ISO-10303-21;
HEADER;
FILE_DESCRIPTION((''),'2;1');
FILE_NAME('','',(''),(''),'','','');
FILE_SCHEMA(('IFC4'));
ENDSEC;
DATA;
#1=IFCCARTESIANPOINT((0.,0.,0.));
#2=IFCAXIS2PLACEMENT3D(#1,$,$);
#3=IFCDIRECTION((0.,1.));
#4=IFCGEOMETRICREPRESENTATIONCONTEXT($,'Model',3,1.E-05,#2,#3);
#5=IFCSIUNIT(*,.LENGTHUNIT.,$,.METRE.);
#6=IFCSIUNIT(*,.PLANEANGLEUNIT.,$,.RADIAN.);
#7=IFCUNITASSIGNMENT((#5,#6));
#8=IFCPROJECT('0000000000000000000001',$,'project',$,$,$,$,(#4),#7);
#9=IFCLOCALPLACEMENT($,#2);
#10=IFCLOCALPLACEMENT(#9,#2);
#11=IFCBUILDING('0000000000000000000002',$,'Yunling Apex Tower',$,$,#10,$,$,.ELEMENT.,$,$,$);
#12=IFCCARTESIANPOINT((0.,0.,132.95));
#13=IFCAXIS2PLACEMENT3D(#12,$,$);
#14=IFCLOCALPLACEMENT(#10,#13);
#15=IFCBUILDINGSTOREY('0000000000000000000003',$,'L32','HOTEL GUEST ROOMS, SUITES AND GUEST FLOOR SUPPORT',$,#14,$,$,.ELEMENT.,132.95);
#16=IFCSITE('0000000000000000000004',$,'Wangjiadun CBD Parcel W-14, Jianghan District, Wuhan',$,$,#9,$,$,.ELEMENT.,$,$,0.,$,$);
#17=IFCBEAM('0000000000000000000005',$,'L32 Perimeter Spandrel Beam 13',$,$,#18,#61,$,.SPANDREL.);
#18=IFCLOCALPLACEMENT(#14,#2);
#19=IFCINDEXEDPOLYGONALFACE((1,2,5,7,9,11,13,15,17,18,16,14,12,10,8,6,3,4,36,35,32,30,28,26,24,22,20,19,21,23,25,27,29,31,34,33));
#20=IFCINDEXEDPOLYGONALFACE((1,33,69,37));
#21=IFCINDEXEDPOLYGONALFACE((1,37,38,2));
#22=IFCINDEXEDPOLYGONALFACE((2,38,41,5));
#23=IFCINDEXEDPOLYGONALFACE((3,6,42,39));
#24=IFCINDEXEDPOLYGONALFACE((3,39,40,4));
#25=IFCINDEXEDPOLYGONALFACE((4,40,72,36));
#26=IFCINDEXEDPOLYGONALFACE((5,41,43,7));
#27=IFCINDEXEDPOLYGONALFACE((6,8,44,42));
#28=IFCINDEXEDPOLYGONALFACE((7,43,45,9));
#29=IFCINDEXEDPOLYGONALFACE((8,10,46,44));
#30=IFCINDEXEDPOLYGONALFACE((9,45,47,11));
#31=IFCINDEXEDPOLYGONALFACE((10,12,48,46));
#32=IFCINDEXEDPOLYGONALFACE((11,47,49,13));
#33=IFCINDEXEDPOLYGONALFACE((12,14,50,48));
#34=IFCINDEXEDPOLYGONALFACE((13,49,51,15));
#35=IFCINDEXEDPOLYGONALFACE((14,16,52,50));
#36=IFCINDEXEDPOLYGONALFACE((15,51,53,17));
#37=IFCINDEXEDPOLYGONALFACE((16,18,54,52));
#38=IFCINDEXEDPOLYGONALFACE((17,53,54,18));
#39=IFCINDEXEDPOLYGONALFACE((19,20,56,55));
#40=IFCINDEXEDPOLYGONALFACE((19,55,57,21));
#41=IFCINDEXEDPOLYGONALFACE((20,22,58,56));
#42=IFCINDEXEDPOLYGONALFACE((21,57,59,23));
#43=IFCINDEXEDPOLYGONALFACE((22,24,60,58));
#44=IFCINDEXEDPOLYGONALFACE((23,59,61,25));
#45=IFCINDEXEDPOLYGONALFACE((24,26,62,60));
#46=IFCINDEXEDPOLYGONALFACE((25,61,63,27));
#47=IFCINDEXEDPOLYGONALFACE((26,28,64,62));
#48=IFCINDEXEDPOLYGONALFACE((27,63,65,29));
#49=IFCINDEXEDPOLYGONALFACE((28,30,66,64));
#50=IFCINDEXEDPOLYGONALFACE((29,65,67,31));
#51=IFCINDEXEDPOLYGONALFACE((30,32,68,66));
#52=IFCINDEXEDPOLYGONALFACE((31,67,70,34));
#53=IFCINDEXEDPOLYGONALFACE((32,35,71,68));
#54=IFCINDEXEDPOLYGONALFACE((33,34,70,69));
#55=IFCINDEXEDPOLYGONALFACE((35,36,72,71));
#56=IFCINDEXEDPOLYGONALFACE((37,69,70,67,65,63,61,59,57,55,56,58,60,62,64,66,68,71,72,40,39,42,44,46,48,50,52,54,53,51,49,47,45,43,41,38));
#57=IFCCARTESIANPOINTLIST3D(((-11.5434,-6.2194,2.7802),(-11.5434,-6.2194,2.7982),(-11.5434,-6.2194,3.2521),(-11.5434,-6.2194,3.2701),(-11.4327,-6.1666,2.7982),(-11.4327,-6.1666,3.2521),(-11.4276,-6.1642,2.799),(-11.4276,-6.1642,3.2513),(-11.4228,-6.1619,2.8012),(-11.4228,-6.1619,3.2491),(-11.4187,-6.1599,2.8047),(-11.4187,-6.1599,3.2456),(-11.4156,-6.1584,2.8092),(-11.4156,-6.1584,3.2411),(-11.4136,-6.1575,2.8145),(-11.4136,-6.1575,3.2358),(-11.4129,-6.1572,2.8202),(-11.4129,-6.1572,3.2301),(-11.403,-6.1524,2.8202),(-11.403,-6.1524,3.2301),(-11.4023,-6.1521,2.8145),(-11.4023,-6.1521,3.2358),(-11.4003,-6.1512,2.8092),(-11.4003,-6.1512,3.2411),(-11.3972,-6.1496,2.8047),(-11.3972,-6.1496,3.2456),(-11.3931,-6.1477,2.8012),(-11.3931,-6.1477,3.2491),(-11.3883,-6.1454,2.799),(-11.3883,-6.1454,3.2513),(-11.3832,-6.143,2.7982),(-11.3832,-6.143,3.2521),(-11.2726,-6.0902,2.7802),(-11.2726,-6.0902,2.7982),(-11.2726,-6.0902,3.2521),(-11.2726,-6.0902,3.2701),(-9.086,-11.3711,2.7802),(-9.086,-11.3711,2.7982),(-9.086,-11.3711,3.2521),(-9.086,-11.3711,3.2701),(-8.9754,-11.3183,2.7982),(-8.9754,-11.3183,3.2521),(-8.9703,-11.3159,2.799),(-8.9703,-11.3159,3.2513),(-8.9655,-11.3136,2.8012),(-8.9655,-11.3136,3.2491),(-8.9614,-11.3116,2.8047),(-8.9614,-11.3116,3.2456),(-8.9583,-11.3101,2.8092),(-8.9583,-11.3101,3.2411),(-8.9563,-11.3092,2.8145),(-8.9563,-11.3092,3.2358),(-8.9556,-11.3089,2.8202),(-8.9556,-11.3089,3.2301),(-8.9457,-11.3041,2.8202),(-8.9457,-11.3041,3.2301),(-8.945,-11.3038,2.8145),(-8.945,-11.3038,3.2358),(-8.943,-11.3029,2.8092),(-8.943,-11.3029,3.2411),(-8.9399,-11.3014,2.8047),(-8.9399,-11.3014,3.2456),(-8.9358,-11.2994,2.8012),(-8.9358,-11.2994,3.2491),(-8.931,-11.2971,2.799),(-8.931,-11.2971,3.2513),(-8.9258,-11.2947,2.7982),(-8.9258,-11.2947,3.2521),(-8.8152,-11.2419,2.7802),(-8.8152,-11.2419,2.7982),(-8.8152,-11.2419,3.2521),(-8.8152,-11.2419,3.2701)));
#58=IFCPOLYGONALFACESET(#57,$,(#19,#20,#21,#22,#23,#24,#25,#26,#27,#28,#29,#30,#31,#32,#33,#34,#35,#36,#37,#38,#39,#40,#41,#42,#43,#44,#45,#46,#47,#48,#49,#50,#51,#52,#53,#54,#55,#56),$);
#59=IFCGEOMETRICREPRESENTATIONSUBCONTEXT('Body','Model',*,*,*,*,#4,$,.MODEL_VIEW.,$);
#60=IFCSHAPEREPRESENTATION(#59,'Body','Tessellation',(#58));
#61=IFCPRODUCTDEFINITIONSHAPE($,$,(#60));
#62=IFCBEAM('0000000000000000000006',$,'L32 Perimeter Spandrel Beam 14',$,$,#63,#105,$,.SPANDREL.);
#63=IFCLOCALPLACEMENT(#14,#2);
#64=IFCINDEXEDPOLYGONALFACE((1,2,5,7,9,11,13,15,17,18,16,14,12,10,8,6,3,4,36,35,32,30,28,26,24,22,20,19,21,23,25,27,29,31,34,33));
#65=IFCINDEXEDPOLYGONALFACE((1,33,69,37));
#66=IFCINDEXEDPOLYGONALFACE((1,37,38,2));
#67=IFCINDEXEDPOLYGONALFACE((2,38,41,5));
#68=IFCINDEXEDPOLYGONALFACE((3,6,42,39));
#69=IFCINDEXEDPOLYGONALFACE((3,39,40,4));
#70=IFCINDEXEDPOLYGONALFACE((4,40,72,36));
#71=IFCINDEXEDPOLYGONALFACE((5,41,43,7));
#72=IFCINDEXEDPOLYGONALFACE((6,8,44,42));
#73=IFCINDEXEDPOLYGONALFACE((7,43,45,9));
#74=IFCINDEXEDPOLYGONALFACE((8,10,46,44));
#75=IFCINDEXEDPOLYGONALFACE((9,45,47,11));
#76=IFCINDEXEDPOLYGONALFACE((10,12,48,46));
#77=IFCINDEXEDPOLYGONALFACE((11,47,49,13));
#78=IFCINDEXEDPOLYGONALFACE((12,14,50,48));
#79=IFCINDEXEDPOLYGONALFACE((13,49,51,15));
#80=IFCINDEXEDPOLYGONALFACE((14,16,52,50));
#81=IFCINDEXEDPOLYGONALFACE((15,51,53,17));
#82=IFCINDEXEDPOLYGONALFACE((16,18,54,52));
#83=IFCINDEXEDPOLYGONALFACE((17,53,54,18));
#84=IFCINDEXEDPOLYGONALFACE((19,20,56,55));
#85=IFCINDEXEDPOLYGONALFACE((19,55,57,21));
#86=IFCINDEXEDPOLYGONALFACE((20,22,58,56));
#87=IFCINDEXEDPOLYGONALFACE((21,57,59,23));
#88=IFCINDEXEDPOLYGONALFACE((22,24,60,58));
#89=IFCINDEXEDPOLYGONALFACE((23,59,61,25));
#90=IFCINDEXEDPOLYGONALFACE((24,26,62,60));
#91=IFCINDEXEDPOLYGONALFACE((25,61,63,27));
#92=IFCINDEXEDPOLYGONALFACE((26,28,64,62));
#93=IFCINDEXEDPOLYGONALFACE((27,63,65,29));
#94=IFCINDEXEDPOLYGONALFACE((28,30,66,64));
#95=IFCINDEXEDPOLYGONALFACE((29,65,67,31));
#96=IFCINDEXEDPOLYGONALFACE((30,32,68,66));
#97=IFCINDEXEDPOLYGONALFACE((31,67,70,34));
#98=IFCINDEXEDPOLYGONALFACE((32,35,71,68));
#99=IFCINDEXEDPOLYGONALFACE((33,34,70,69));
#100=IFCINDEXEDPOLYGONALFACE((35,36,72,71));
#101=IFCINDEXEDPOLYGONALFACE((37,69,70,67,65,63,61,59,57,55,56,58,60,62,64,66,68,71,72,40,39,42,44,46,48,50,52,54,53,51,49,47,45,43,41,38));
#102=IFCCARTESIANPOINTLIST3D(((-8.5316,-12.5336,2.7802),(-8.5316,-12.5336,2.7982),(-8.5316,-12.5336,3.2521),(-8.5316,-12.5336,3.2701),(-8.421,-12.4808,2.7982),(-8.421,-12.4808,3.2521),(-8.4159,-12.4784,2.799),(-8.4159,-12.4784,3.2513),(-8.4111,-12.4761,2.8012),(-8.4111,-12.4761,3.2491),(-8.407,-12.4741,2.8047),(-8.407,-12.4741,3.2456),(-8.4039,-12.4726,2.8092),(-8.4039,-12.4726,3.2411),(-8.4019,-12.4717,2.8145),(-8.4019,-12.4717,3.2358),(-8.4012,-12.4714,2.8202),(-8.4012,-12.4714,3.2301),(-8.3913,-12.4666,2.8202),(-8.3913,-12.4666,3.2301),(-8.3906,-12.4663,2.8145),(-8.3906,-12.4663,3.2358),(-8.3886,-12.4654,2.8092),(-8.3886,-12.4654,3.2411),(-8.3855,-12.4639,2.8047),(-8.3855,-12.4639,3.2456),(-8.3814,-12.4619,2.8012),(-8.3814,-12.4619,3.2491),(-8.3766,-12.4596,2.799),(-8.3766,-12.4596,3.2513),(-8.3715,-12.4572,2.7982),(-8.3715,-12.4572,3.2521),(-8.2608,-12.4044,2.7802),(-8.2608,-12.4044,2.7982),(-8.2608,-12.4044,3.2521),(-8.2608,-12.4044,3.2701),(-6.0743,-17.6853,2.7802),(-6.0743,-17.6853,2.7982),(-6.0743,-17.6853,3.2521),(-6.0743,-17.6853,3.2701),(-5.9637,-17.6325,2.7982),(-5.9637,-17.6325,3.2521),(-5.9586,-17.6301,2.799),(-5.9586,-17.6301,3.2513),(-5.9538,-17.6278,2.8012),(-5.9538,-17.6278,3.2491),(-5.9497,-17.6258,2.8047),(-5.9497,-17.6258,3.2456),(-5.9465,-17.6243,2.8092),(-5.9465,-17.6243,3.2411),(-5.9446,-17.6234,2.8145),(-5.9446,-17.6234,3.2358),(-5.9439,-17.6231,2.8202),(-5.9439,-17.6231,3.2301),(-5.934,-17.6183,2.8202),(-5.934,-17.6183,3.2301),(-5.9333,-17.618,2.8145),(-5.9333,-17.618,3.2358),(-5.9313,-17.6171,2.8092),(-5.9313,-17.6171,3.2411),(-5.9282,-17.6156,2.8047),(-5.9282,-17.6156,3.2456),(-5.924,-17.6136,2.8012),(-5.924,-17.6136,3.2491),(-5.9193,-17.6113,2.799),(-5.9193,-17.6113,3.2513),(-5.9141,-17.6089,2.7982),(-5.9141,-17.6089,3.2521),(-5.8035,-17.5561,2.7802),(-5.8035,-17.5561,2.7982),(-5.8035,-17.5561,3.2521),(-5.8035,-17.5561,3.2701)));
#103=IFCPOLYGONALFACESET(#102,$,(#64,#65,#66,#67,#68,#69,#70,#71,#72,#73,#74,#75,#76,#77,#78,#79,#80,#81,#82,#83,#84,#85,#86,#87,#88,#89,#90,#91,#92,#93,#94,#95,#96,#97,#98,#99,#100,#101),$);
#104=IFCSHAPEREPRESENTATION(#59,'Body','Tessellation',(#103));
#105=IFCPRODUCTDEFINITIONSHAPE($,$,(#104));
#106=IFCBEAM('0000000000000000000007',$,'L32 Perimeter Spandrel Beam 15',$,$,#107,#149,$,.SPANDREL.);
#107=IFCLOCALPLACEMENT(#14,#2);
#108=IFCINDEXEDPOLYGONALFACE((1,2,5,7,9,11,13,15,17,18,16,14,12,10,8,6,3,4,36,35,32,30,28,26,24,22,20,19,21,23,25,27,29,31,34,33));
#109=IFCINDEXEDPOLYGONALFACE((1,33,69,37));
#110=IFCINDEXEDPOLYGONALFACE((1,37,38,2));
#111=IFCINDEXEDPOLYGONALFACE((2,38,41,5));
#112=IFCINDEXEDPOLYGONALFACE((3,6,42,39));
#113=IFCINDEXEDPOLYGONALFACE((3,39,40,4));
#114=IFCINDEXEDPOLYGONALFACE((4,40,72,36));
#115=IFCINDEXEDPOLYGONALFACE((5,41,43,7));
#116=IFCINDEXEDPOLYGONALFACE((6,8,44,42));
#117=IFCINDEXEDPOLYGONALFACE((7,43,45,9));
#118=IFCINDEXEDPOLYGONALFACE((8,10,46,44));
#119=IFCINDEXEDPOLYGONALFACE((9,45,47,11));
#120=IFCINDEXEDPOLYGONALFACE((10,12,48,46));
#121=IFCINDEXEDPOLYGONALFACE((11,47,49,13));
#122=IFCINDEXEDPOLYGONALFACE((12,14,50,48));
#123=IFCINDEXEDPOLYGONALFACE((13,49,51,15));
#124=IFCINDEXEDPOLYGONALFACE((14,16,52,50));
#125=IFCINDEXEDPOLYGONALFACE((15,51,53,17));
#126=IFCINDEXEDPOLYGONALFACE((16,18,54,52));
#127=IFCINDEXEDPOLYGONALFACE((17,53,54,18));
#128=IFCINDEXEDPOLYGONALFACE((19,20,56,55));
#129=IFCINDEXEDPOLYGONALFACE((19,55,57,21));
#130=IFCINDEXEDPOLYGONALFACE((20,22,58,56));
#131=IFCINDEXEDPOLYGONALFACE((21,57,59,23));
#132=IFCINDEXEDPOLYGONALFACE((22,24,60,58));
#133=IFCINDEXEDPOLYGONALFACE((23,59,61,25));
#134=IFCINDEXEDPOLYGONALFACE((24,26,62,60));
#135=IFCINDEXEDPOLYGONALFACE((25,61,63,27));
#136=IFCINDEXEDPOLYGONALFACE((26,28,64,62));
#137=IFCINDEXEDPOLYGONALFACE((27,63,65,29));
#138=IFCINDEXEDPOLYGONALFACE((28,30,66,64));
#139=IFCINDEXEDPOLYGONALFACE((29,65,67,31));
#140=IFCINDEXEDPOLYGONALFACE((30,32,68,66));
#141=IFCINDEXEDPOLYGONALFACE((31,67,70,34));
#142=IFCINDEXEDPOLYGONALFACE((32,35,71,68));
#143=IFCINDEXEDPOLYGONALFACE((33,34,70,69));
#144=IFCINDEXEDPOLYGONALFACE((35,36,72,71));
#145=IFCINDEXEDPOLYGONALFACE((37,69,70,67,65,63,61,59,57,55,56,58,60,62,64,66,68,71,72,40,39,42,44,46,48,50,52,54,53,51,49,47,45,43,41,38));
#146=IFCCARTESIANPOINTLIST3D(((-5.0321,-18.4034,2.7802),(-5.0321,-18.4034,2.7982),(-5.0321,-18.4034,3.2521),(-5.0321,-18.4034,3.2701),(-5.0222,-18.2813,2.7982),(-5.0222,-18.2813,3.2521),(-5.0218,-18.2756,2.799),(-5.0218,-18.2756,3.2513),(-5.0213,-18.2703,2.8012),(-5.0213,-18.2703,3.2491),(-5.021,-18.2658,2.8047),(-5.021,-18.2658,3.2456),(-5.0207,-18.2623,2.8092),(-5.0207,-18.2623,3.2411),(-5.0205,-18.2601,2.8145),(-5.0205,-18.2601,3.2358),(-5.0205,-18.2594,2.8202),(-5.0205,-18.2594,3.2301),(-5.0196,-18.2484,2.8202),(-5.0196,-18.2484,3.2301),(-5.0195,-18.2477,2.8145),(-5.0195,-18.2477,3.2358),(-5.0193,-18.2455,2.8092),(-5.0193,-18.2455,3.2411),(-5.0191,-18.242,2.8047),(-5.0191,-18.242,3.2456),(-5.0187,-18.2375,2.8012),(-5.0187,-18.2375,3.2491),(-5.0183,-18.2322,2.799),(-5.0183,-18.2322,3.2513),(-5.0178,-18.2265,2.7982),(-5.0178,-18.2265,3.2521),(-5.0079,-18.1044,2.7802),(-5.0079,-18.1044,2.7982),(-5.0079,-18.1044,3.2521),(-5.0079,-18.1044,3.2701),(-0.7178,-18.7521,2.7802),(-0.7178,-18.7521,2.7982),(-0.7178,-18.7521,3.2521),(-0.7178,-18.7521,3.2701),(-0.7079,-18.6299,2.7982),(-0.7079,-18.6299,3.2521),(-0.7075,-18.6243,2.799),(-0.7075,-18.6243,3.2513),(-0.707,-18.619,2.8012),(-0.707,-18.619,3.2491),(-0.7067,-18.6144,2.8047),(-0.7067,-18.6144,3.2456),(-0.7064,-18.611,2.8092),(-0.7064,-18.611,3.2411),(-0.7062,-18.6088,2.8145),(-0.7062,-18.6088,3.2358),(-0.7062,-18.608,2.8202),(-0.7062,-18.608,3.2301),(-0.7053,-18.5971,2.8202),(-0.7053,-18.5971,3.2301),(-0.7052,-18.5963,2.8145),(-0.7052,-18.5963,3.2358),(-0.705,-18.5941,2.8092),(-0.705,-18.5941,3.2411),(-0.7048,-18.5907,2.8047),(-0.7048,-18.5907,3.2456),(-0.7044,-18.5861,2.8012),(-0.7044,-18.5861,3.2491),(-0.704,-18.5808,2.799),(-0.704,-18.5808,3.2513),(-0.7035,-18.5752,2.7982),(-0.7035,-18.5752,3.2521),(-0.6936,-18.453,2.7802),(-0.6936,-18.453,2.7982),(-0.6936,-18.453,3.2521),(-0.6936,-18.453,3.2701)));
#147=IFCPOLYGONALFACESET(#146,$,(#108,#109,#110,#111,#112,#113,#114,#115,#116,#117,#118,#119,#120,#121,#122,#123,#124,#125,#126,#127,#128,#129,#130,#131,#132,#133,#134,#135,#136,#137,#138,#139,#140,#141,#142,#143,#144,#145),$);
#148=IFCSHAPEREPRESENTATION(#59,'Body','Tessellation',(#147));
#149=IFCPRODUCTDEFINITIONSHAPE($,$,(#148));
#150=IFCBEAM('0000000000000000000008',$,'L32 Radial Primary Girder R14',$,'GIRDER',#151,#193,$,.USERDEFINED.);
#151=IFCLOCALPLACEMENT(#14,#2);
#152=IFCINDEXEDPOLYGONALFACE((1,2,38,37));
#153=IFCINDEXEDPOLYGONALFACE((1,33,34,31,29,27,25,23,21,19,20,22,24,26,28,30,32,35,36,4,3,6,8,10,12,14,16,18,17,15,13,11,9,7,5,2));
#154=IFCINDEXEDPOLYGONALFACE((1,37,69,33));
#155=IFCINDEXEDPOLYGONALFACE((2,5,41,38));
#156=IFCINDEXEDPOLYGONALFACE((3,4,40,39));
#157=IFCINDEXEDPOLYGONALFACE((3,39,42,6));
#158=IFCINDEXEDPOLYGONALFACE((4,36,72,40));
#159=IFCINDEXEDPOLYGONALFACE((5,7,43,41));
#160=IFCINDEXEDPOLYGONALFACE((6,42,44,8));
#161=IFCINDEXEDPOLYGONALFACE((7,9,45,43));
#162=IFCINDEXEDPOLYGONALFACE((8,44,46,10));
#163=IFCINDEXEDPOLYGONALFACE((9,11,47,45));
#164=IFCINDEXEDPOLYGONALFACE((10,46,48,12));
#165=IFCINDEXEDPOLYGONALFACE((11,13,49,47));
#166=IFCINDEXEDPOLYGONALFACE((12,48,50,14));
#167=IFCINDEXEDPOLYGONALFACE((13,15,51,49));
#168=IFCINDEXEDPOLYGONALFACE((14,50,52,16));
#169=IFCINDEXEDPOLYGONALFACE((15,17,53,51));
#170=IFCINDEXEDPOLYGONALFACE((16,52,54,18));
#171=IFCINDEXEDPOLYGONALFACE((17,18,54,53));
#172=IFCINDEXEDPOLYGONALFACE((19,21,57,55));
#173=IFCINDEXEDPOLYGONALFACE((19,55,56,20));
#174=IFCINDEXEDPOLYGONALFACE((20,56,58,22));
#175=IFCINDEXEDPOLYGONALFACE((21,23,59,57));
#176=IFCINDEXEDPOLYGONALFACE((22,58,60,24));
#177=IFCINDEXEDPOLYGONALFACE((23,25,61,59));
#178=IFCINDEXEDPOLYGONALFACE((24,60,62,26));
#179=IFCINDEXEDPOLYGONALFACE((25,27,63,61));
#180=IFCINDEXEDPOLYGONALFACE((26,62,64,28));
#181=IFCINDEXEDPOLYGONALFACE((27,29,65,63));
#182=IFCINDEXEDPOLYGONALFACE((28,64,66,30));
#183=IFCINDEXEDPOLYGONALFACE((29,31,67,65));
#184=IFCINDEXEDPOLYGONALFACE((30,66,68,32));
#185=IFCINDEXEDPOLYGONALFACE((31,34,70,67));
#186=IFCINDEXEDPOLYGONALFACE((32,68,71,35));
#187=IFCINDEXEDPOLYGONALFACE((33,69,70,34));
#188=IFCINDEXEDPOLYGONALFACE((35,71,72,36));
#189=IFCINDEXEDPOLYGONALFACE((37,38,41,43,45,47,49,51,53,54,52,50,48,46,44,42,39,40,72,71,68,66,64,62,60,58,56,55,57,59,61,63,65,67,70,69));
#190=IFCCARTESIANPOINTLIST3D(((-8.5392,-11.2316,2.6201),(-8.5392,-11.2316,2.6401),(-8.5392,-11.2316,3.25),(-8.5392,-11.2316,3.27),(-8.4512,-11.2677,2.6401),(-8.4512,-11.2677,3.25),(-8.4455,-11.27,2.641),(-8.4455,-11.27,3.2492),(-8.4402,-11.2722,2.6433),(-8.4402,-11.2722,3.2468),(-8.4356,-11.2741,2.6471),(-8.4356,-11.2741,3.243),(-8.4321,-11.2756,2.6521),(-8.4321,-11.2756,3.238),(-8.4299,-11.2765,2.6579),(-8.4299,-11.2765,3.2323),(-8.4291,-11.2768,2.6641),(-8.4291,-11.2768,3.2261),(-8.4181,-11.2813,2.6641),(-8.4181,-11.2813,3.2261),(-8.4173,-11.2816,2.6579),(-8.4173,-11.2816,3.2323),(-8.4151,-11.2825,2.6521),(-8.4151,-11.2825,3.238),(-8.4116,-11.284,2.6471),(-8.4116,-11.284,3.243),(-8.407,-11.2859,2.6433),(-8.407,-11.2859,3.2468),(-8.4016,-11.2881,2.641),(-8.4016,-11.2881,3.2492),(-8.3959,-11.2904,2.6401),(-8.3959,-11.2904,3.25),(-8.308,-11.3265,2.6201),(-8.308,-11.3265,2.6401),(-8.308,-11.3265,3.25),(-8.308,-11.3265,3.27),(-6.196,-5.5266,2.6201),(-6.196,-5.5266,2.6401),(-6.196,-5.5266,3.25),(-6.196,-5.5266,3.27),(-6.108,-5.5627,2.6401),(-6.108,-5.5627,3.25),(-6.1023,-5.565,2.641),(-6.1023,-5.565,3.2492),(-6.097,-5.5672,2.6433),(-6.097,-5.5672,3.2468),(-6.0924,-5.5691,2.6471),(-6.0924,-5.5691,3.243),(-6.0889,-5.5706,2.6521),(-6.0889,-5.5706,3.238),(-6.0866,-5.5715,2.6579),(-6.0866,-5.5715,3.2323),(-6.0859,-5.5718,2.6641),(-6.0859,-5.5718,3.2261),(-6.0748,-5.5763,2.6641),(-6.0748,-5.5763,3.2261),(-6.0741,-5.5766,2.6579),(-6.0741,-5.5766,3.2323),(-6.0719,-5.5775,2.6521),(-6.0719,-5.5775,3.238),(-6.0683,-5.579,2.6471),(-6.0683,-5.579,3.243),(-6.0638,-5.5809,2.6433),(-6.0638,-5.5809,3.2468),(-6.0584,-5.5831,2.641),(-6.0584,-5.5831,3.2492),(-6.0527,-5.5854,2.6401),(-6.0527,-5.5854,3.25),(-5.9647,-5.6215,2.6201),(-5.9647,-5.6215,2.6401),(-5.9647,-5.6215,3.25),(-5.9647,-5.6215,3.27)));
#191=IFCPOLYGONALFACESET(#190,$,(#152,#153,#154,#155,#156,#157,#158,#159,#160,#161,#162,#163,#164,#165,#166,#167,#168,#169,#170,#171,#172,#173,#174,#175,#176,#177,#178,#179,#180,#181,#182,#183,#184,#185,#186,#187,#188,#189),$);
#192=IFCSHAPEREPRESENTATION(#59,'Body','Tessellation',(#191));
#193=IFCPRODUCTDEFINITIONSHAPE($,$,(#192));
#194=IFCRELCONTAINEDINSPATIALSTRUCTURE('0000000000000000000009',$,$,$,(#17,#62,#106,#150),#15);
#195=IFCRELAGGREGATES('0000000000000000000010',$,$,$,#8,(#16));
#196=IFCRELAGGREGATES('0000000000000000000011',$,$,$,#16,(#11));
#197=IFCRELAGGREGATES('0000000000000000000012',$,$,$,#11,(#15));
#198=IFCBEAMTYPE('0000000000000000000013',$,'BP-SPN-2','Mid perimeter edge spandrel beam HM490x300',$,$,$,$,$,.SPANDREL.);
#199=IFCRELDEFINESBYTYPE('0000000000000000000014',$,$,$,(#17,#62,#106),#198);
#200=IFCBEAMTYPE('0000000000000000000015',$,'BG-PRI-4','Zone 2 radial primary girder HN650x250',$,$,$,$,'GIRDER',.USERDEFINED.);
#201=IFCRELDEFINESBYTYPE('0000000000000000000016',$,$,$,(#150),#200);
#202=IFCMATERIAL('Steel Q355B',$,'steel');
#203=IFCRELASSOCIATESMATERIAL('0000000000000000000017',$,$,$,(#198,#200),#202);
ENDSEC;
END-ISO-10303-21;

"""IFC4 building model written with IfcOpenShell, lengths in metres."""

from ifc_helpers import new_model, si_unit, direction, frame, origin, origin_2d, place, context, subcontext, project, spatial, i_section, extrude, source, transform, mapped, material, material_profile, profile_set, type_object, element, save


model = new_model("IFC4")

# Units and contexts
model_context = context("Model", 3, precision=1e-05, world=origin(), true_north=direction((0.0, 1.0)))
body_context = subcontext(model_context, "Body", "Model", "MODEL_VIEW")
ifc_project = project(units=[si_unit("LENGTHUNIT", "METRE"), si_unit("PLANEANGLEUNIT", "RADIAN")], contexts=[model_context])

# Site, building, storey
site_placement = place(None, origin())
site = spatial("IfcSite", under=ifc_project, at=site_placement, Name="Wangjiadun CBD Parcel W-14, Jianghan District, Wuhan", CompositionType="ELEMENT", RefElevation=0.0)
building_placement = place(site_placement, origin())
building = spatial("IfcBuilding", under=site, at=building_placement, Name="Yunling Apex Tower", CompositionType="ELEMENT")
storey_placement = place(building_placement, frame((0.0, 0.0, 132.95)))
storey = spatial("IfcBuildingStorey", under=building, at=storey_placement, Name="L32", Description="HOTEL GUEST ROOMS, SUITES AND GUEST FLOOR SUPPORT", CompositionType="ELEMENT", Elevation=132.95)

# Beams
ifc_material_1 = material(Name="Steel Q355B", Category="steel")
ifc_material_profile_1 = material_profile(ifc_material_1, i_section(OverallWidth=0.3, OverallDepth=0.49, WebThickness=0.011, FlangeThickness=0.0181, FilletRadius=0.022, at=origin_2d()))
ifc_profile_set_1 = profile_set([ifc_material_profile_1], Name="Steel Q355B")
beam_type_1 = type_object("IfcBeamType", Name="BP-SPN-2", Description="Mid perimeter edge spandrel beam HM490x300", PredefinedType="SPANDREL", material=ifc_profile_set_1)
shared_shape_1 = source(origin(), body_context, "Body", "SweptSolid", [
    extrude(i_section(OverallWidth=0.3, OverallDepth=0.49, WebThickness=0.011, FlangeThickness=0.0181, FilletRadius=0.022, at=origin_2d()), origin(), (0.0, 0.0, 1.0), 5.7078),
])
for number, where, z_axis, x_axis, name in (
    (1, (-11.408, -6.1548, 3.0251), (0.430523, -0.90258, 0.0), (0.90258, 0.430523, 0.0), "L32 Perimeter Spandrel Beam 13"),
    (2, (-8.3962, -12.469, 3.0251), (0.430523, -0.90258, 0.0), (0.90258, 0.430523, 0.0), "L32 Perimeter Spandrel Beam 14"),
):
    element("IfcBeam", number, at=place(storey_placement, frame(where, z_axis=z_axis, x_axis=x_axis)), inside=storey, type_object=beam_type_1, Name=name, PredefinedType="SPANDREL", context=body_context, shape_type="MappedRepresentation", body=[
        mapped(shared_shape_1, transform((0.0, 0.0, 0.0), scale=1.0)),
    ])
shared_shape_2 = source(origin(), body_context, "Body", "SweptSolid", [
    extrude(i_section(OverallWidth=0.3, OverallDepth=0.49, WebThickness=0.011, FlangeThickness=0.0181, FilletRadius=0.022, at=origin_2d()), origin(), (0.0, 0.0, 1.0), 4.3284),
])
beam_1_placement = place(storey_placement, frame((-5.02, -18.2539, 3.0251), z_axis=(0.996751, -0.080548, 0.0), x_axis=(0.080548, 0.996751, 0.0)))
element("IfcBeam", 3, at=beam_1_placement, inside=storey, type_object=beam_type_1, Name="L32 Perimeter Spandrel Beam 15", PredefinedType="SPANDREL", context=body_context, shape_type="MappedRepresentation", body=[
    mapped(shared_shape_2, transform((0.0, 0.0, 0.0), scale=1.0)),
])
ifc_material_profile_2 = material_profile(ifc_material_1, i_section(OverallWidth=0.25, OverallDepth=0.6499, WebThickness=0.012, FlangeThickness=0.02, FilletRadius=0.0239, at=origin_2d()))
ifc_profile_set_2 = profile_set([ifc_material_profile_2], Name="Steel Q355B")
beam_type_2 = type_object("IfcBeamType", Name="BG-PRI-4", Description="Zone 2 radial primary girder HN650x250", ElementType="GIRDER", PredefinedType="USERDEFINED", material=ifc_profile_set_2)
shared_shape_3 = source(origin(), body_context, "Body", "SweptSolid", [
    extrude(i_section(OverallWidth=0.25, OverallDepth=0.6499, WebThickness=0.012, FlangeThickness=0.02, FilletRadius=0.0239, at=origin_2d()), origin(), (0.0, 0.0, 1.0), 6.1675),
])
beam_2_placement = place(storey_placement, frame((-8.4236, -11.2791, 2.9451), z_axis=(0.379933, 0.925014, 0.0), x_axis=(-0.925014, 0.379933, 0.0)))
element("IfcBeam", 4, at=beam_2_placement, inside=storey, type_object=beam_type_2, Name="L32 Radial Primary Girder R14", ObjectType="GIRDER", PredefinedType="USERDEFINED", context=body_context, shape_type="MappedRepresentation", body=[
    mapped(shared_shape_3, transform((0.0, 0.0, 0.0), scale=1.0)),
])

save(model, "model.ifc")
